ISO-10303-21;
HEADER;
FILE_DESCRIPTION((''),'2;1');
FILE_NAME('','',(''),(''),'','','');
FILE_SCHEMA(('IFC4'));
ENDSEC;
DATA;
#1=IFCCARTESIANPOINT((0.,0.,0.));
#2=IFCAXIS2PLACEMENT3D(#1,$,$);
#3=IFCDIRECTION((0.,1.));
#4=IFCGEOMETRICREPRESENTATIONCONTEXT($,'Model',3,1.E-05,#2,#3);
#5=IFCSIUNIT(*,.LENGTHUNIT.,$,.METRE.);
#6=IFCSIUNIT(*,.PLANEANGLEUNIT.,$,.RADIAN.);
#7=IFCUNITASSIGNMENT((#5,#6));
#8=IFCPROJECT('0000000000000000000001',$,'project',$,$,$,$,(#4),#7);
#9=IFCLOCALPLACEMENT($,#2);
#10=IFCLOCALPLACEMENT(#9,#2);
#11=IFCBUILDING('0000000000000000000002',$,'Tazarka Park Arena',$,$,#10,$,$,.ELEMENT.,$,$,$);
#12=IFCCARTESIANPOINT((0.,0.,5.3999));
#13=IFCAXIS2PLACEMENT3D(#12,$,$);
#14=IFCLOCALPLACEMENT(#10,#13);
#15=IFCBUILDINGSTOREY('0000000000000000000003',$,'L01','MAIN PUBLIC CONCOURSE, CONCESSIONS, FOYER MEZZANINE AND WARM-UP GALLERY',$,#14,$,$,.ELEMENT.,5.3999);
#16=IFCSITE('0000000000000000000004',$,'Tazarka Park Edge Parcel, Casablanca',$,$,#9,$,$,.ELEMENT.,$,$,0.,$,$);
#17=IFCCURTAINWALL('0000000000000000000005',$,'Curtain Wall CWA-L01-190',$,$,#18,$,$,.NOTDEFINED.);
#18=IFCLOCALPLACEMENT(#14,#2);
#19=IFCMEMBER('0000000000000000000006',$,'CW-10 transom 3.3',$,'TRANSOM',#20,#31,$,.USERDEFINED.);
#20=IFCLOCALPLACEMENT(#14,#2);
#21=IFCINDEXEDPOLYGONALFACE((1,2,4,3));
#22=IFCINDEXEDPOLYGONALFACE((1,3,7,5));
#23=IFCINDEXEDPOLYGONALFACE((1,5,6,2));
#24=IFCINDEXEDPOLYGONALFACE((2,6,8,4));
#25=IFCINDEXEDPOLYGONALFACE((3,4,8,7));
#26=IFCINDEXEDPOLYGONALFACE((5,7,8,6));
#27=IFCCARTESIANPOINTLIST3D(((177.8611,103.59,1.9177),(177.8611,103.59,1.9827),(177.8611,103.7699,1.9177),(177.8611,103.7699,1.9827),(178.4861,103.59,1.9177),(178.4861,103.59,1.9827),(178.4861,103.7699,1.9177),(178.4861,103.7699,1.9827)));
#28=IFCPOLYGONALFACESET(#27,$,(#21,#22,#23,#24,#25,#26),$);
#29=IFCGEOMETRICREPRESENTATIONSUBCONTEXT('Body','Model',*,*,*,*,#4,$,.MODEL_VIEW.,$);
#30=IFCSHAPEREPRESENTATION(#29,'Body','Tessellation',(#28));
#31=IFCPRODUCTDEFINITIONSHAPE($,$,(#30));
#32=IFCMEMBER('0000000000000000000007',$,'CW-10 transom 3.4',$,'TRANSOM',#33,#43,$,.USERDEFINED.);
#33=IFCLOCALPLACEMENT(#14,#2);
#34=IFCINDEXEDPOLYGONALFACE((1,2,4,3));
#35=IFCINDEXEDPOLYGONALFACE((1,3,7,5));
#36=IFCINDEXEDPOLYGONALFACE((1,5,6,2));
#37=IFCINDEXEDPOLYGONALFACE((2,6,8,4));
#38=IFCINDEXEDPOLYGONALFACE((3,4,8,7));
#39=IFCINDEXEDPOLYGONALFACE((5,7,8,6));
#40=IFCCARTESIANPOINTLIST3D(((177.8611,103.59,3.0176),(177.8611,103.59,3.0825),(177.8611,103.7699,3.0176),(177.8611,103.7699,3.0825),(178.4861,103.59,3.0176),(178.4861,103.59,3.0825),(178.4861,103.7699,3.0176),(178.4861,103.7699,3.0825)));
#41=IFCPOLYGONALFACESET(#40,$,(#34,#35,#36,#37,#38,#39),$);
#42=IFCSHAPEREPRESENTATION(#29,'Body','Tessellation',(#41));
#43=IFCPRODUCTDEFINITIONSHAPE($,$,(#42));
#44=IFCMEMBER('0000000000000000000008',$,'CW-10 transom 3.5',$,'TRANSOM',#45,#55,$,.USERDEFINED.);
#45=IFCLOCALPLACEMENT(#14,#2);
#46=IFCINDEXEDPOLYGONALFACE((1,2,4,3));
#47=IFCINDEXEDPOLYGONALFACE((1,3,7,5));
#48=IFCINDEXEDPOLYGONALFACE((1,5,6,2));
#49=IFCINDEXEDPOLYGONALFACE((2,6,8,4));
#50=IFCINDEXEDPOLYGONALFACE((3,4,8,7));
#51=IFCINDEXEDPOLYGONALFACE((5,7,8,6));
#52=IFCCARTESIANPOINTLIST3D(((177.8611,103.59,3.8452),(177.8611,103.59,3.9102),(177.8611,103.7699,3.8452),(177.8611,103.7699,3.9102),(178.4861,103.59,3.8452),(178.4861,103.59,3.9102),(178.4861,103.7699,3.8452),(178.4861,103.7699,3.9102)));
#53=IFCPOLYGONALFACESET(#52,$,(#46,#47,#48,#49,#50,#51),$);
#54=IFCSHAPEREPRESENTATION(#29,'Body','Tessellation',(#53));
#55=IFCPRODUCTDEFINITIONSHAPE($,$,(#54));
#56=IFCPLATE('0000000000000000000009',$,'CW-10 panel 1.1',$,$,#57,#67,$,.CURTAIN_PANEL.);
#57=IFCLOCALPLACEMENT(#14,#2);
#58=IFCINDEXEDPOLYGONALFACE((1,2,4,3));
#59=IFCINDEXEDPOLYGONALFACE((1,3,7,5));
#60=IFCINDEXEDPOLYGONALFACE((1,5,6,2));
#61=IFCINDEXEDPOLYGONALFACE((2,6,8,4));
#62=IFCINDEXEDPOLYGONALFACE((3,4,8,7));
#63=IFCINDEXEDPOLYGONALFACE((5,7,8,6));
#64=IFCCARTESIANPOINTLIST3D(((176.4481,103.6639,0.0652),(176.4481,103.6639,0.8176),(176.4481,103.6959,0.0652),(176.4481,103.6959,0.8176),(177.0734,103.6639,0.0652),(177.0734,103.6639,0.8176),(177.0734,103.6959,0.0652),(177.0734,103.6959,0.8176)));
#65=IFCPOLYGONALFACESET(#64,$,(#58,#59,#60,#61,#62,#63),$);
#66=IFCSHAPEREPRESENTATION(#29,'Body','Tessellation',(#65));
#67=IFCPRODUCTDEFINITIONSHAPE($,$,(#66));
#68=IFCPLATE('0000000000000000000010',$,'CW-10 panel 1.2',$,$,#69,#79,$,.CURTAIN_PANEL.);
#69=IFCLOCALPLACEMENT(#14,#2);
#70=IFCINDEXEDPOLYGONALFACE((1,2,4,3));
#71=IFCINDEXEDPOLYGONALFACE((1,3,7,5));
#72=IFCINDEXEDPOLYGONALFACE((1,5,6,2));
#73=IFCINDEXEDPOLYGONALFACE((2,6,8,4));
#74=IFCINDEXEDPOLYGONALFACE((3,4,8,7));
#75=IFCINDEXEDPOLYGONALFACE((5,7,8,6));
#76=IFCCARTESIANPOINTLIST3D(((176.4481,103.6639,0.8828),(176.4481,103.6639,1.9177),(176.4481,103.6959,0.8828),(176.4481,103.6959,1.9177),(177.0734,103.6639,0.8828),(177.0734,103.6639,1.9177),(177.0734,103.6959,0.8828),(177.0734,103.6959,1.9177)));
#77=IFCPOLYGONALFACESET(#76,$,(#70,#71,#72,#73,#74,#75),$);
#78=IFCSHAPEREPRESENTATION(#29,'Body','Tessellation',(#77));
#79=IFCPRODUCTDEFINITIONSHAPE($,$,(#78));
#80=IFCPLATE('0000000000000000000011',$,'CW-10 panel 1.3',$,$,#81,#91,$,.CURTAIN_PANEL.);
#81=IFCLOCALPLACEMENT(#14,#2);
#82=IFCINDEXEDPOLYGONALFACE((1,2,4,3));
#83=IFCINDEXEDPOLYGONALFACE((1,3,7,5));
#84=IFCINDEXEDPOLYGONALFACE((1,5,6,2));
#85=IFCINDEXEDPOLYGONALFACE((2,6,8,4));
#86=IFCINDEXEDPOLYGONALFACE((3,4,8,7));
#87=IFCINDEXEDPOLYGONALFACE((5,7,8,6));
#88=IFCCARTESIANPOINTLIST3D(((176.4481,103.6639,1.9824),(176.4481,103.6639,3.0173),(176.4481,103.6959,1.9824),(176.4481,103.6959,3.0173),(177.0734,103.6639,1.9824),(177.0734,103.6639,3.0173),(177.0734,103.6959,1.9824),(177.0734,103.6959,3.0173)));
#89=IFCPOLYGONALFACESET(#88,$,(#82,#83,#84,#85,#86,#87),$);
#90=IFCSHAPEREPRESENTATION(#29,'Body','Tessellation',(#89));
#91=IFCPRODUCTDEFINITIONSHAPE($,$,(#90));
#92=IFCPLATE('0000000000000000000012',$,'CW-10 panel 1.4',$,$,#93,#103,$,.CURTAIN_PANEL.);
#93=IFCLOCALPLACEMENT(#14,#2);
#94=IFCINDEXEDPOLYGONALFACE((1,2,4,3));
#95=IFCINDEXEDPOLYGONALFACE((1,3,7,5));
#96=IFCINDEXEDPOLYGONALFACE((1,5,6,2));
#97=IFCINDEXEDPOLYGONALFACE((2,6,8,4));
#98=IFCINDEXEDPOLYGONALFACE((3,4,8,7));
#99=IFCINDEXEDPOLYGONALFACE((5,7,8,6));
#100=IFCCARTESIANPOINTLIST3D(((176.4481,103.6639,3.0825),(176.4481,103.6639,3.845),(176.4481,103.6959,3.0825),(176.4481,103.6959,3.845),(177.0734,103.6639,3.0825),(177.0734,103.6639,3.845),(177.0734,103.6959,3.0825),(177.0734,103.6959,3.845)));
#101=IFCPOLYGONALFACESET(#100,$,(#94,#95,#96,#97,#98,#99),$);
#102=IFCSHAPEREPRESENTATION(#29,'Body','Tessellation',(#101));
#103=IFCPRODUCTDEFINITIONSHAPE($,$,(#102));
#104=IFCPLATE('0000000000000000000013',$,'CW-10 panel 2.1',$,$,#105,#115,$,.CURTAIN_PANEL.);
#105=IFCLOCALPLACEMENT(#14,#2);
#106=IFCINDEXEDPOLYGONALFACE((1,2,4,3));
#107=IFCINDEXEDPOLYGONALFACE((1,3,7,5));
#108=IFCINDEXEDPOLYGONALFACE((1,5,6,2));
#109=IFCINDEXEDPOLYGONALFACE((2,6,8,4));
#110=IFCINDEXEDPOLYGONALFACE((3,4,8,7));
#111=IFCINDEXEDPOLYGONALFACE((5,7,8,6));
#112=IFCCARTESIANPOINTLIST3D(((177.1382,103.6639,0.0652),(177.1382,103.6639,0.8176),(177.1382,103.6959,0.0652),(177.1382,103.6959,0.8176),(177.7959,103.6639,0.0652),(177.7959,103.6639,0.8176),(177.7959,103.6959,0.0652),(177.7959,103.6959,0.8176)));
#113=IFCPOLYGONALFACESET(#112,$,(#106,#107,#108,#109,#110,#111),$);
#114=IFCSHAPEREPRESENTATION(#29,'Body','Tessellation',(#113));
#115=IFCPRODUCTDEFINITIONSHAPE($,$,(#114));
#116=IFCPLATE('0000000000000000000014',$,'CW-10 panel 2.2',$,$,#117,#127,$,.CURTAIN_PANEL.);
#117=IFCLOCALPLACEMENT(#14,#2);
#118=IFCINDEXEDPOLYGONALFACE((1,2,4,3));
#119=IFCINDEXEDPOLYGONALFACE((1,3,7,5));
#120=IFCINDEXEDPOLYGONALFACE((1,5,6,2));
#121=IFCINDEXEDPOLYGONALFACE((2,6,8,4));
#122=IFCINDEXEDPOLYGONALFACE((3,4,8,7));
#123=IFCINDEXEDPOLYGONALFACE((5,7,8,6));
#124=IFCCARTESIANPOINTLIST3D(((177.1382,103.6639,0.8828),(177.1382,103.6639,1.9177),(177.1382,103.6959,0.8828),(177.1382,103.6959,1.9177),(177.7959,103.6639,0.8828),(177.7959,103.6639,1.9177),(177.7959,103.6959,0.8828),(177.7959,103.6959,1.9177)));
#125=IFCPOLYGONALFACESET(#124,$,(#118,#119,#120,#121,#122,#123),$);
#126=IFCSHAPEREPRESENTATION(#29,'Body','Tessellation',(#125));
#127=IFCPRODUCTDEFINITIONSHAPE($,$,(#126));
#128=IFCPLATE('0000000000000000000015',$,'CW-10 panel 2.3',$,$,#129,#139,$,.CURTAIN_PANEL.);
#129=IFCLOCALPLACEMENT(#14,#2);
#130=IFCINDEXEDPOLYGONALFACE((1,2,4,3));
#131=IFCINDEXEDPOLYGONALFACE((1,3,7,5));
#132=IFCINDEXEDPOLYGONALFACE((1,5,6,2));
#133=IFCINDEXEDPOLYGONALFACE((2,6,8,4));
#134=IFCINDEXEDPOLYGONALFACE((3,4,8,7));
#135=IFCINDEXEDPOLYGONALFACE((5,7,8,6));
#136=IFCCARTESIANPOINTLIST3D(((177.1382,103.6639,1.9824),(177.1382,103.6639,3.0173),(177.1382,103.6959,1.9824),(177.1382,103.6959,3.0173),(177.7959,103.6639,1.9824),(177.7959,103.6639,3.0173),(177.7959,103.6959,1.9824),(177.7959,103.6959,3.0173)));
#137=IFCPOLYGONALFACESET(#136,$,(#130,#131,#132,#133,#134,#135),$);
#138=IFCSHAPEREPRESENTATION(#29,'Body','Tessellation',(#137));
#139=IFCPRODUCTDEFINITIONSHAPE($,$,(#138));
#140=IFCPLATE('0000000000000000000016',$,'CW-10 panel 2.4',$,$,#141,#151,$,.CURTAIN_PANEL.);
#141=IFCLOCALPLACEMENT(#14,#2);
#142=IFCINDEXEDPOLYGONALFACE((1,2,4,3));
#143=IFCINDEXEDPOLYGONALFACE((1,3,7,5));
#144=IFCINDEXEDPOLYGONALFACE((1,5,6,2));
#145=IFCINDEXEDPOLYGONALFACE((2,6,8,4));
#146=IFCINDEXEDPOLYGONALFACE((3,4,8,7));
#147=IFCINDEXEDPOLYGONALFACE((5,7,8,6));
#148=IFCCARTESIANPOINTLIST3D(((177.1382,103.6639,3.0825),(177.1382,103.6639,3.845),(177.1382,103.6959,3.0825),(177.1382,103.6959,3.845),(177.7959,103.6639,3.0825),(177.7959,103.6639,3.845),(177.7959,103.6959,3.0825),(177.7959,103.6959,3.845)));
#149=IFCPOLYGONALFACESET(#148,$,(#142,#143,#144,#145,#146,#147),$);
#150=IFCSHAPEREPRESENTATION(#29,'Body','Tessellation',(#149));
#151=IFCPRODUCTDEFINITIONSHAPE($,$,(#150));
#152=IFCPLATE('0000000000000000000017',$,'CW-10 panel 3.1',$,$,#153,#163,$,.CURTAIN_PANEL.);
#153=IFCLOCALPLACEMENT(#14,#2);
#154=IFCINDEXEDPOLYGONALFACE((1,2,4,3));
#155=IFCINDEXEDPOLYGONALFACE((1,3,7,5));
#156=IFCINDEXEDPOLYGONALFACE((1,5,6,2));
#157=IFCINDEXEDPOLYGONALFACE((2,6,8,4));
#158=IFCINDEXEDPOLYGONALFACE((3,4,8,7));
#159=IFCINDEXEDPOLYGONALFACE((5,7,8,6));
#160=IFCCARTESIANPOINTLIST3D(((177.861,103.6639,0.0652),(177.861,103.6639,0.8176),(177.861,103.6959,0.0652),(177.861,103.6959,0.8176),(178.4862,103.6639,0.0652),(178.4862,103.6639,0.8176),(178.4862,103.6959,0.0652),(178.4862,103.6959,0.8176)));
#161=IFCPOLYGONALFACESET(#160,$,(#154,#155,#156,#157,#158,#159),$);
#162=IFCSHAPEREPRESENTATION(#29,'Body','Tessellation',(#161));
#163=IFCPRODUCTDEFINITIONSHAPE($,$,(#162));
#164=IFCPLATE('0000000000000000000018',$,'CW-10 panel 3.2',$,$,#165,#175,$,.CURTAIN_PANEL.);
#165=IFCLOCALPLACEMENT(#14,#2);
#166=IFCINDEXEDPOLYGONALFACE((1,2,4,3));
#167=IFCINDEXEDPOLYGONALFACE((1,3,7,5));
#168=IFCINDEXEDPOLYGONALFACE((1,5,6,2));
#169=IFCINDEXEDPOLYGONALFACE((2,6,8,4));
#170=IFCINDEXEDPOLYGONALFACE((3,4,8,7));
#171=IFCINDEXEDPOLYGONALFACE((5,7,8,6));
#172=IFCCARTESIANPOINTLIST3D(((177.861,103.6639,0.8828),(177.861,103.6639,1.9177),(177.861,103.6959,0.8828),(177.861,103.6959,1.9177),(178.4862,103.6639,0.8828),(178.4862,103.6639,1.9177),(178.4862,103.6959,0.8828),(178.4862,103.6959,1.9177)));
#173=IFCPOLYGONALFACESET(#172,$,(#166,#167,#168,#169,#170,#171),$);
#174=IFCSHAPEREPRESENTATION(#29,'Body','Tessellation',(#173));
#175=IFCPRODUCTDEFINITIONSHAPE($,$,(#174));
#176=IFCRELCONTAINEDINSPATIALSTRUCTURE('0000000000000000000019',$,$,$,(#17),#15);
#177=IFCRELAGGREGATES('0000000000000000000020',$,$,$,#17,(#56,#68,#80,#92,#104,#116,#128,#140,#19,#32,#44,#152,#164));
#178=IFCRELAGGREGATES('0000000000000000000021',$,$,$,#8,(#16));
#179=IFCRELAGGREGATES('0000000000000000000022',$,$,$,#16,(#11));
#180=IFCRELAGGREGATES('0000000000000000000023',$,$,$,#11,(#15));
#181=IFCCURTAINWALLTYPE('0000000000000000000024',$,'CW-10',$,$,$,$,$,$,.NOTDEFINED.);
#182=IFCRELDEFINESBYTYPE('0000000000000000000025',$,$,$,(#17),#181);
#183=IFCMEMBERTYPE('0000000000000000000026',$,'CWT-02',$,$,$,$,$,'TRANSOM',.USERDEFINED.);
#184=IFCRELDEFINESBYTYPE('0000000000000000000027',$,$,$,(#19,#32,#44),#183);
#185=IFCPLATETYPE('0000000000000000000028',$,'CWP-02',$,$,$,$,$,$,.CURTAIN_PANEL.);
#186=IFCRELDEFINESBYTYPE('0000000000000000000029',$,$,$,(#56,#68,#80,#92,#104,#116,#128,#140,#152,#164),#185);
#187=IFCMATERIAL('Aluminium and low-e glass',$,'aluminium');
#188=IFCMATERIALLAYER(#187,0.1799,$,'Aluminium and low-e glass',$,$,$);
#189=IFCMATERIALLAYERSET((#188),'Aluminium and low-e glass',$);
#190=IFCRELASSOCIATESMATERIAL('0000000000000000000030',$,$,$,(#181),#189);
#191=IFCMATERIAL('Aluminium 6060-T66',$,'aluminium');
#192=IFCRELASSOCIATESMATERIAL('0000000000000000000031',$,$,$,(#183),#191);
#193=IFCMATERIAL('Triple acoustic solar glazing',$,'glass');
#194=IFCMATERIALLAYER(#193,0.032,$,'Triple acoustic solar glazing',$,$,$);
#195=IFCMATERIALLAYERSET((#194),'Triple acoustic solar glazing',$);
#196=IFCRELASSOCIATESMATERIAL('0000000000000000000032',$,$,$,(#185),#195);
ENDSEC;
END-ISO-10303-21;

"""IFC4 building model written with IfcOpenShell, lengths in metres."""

from ifc_helpers import new_model, si_unit, direction, frame, origin, origin_2d, place, context, subcontext, project, spatial, rectangle, extrude, material, layer, layer_set, material_profile, profile_set, type_object, element, aggregate, save


model = new_model("IFC4")

# Units and contexts
model_context = context("Model", 3, precision=1e-05, world=origin(), true_north=direction((0.0, 1.0)))
body_context = subcontext(model_context, "Body", "Model", "MODEL_VIEW")
ifc_project = project(units=[si_unit("LENGTHUNIT", "METRE"), si_unit("PLANEANGLEUNIT", "RADIAN")], contexts=[model_context])

# Site, building, storey
site_placement = place(None, origin())
site = spatial("IfcSite", under=ifc_project, at=site_placement, Name="Tazarka Park Edge Parcel, Casablanca", CompositionType="ELEMENT", RefElevation=0.0)
building_placement = place(site_placement, origin())
building = spatial("IfcBuilding", under=site, at=building_placement, Name="Tazarka Park Arena", CompositionType="ELEMENT")
storey_placement = place(building_placement, frame((0.0, 0.0, 5.3999)))
storey = spatial("IfcBuildingStorey", under=building, at=storey_placement, Name="L01", Description="MAIN PUBLIC CONCOURSE, CONCESSIONS, FOYER MEZZANINE AND WARM-UP GALLERY", CompositionType="ELEMENT", Elevation=5.3999)

# Curtain wall, members, plates
ifc_material_1 = material(Name="Aluminium and low-e glass", Category="aluminium")
ifc_layer_1 = layer(ifc_material_1, 0.1799, Name="Aluminium and low-e glass")
ifc_layer_set_1 = layer_set([ifc_layer_1], Name="Aluminium and low-e glass")
curtain_wall_type = type_object("IfcCurtainWallType", Name="CW-10", PredefinedType="NOTDEFINED", material=ifc_layer_set_1)
curtain_wall_placement = place(storey_placement, origin())
curtain_wall = element("IfcCurtainWall", 1, at=curtain_wall_placement, inside=storey, type_object=curtain_wall_type, Name="Curtain Wall CWA-L01-190", PredefinedType="NOTDEFINED")
ifc_material_2 = material(Name="Aluminium 6060-T66", Category="aluminium")
ifc_material_profile_1 = material_profile(ifc_material_2, rectangle(XDim=0.1799, YDim=0.0649, at=origin_2d()), Name="Aluminium 6060-T66")
ifc_profile_set_1 = profile_set([ifc_material_profile_1], Name="Aluminium 6060-T66")
member_type_1 = type_object("IfcMemberType", Name="CWT-02", ElementType="TRANSOM", PredefinedType="USERDEFINED", material=ifc_profile_set_1)
member_1_placement = place(storey_placement, frame((177.8611, 103.6799, 1.9502), z_axis=(1.0, 0.0, 0.0), x_axis=(0.0, 1.0, 0.0)))
member_1 = element("IfcMember", 2, at=member_1_placement, type_object=member_type_1, Name="CW-10 transom 3.3", ObjectType="TRANSOM", PredefinedType="USERDEFINED", context=body_context, shape_type="SweptSolid", body=[
    extrude(rectangle(XDim=0.1799, YDim=0.0649, at=origin_2d()), origin(), (0.0, 0.0, 1.0), 0.625),
])
member_2_placement = place(storey_placement, frame((177.8611, 103.6799, 3.05), z_axis=(1.0, 0.0, 0.0), x_axis=(0.0, 1.0, 0.0)))
member_2 = element("IfcMember", 3, at=member_2_placement, type_object=member_type_1, Name="CW-10 transom 3.4", ObjectType="TRANSOM", PredefinedType="USERDEFINED", context=body_context, shape_type="SweptSolid", body=[
    extrude(rectangle(XDim=0.1799, YDim=0.0649, at=origin_2d()), origin(), (0.0, 0.0, 1.0), 0.625),
])
member_3_placement = place(storey_placement, frame((177.8611, 103.6799, 3.8777), z_axis=(1.0, 0.0, 0.0), x_axis=(0.0, 1.0, 0.0)))
member_3 = element("IfcMember", 4, at=member_3_placement, type_object=member_type_1, Name="CW-10 transom 3.5", ObjectType="TRANSOM", PredefinedType="USERDEFINED", context=body_context, shape_type="SweptSolid", body=[
    extrude(rectangle(XDim=0.1799, YDim=0.0649, at=origin_2d()), origin(), (0.0, 0.0, 1.0), 0.625),
])
ifc_material_3 = material(Name="Triple acoustic solar glazing", Category="glass")
ifc_layer_2 = layer(ifc_material_3, 0.032, Name="Triple acoustic solar glazing")
ifc_layer_set_2 = layer_set([ifc_layer_2], Name="Triple acoustic solar glazing")
plate_type = type_object("IfcPlateType", Name="CWP-02", PredefinedType="CURTAIN_PANEL", material=ifc_layer_set_2)
plate_1_placement = place(storey_placement, frame((176.7607, 103.6799, 0.0652), z_axis=(0.0, 0.0, 1.0), x_axis=(1.0, 0.0, 0.0)))
plate_1 = element("IfcPlate", 5, at=plate_1_placement, type_object=plate_type, Name="CW-10 panel 1.1", PredefinedType="CURTAIN_PANEL", context=body_context, shape_type="SweptSolid", body=[
    extrude(rectangle(XDim=0.6252, YDim=0.032, at=origin_2d()), origin(), (0.0, 0.0, 1.0), 0.7524),
])
plate_2_placement = place(storey_placement, frame((176.7607, 103.6799, 0.8828), z_axis=(0.0, 0.0, 1.0), x_axis=(1.0, 0.0, 0.0)))
plate_2 = element("IfcPlate", 6, at=plate_2_placement, type_object=plate_type, Name="CW-10 panel 1.2", PredefinedType="CURTAIN_PANEL", context=body_context, shape_type="SweptSolid", body=[
    extrude(rectangle(XDim=0.6252, YDim=0.032, at=origin_2d()), origin(), (0.0, 0.0, 1.0), 1.0349),
])
plate_3_placement = place(storey_placement, frame((176.7607, 103.6799, 1.9824), z_axis=(0.0, 0.0, 1.0), x_axis=(1.0, 0.0, 0.0)))
plate_3 = element("IfcPlate", 7, at=plate_3_placement, type_object=plate_type, Name="CW-10 panel 1.3", PredefinedType="CURTAIN_PANEL", context=body_context, shape_type="SweptSolid", body=[
    extrude(rectangle(XDim=0.6252, YDim=0.032, at=origin_2d()), origin(), (0.0, 0.0, 1.0), 1.0349),
])
plate_4_placement = place(storey_placement, frame((176.7607, 103.6799, 3.0825), z_axis=(0.0, 0.0, 1.0), x_axis=(1.0, 0.0, 0.0)))
plate_4 = element("IfcPlate", 8, at=plate_4_placement, type_object=plate_type, Name="CW-10 panel 1.4", PredefinedType="CURTAIN_PANEL", context=body_context, shape_type="SweptSolid", body=[
    extrude(rectangle(XDim=0.6252, YDim=0.032, at=origin_2d()), origin(), (0.0, 0.0, 1.0), 0.7625),
])
plate_5_placement = place(storey_placement, frame((177.467, 103.6799, 0.0652), z_axis=(0.0, 0.0, 1.0), x_axis=(1.0, 0.0, 0.0)))
plate_5 = element("IfcPlate", 9, at=plate_5_placement, type_object=plate_type, Name="CW-10 panel 2.1", PredefinedType="CURTAIN_PANEL", context=body_context, shape_type="SweptSolid", body=[
    extrude(rectangle(XDim=0.6577, YDim=0.032, at=origin_2d()), origin(), (0.0, 0.0, 1.0), 0.7524),
])
plate_6_placement = place(storey_placement, frame((177.467, 103.6799, 0.8828), z_axis=(0.0, 0.0, 1.0), x_axis=(1.0, 0.0, 0.0)))
plate_6 = element("IfcPlate", 10, at=plate_6_placement, type_object=plate_type, Name="CW-10 panel 2.2", PredefinedType="CURTAIN_PANEL", context=body_context, shape_type="SweptSolid", body=[
    extrude(rectangle(XDim=0.6577, YDim=0.032, at=origin_2d()), origin(), (0.0, 0.0, 1.0), 1.0349),
])
plate_7_placement = place(storey_placement, frame((177.467, 103.6799, 1.9824), z_axis=(0.0, 0.0, 1.0), x_axis=(1.0, 0.0, 0.0)))
plate_7 = element("IfcPlate", 11, at=plate_7_placement, type_object=plate_type, Name="CW-10 panel 2.3", PredefinedType="CURTAIN_PANEL", context=body_context, shape_type="SweptSolid", body=[
    extrude(rectangle(XDim=0.6577, YDim=0.032, at=origin_2d()), origin(), (0.0, 0.0, 1.0), 1.0349),
])
plate_8_placement = place(storey_placement, frame((177.467, 103.6799, 3.0825), z_axis=(0.0, 0.0, 1.0), x_axis=(1.0, 0.0, 0.0)))
plate_8 = element("IfcPlate", 12, at=plate_8_placement, type_object=plate_type, Name="CW-10 panel 2.4", PredefinedType="CURTAIN_PANEL", context=body_context, shape_type="SweptSolid", body=[
    extrude(rectangle(XDim=0.6577, YDim=0.032, at=origin_2d()), origin(), (0.0, 0.0, 1.0), 0.7625),
])
plate_9_placement = place(storey_placement, frame((178.1736, 103.6799, 0.0652), z_axis=(0.0, 0.0, 1.0), x_axis=(1.0, 0.0, 0.0)))
plate_9 = element("IfcPlate", 13, at=plate_9_placement, type_object=plate_type, Name="CW-10 panel 3.1", PredefinedType="CURTAIN_PANEL", context=body_context, shape_type="SweptSolid", body=[
    extrude(rectangle(XDim=0.6252, YDim=0.032, at=origin_2d()), origin(), (0.0, 0.0, 1.0), 0.7524),
])
plate_10_placement = place(storey_placement, frame((178.1736, 103.6799, 0.8828), z_axis=(0.0, 0.0, 1.0), x_axis=(1.0, 0.0, 0.0)))
plate_10 = element("IfcPlate", 14, at=plate_10_placement, type_object=plate_type, Name="CW-10 panel 3.2", PredefinedType="CURTAIN_PANEL", context=body_context, shape_type="SweptSolid", body=[
    extrude(rectangle(XDim=0.6252, YDim=0.032, at=origin_2d()), origin(), (0.0, 0.0, 1.0), 1.0349),
])
aggregate(curtain_wall, [plate_1, plate_2, plate_3, plate_4, plate_5, plate_6, plate_7, plate_8, member_1, member_2, member_3, plate_9, plate_10])

save(model, "model.ifc")
